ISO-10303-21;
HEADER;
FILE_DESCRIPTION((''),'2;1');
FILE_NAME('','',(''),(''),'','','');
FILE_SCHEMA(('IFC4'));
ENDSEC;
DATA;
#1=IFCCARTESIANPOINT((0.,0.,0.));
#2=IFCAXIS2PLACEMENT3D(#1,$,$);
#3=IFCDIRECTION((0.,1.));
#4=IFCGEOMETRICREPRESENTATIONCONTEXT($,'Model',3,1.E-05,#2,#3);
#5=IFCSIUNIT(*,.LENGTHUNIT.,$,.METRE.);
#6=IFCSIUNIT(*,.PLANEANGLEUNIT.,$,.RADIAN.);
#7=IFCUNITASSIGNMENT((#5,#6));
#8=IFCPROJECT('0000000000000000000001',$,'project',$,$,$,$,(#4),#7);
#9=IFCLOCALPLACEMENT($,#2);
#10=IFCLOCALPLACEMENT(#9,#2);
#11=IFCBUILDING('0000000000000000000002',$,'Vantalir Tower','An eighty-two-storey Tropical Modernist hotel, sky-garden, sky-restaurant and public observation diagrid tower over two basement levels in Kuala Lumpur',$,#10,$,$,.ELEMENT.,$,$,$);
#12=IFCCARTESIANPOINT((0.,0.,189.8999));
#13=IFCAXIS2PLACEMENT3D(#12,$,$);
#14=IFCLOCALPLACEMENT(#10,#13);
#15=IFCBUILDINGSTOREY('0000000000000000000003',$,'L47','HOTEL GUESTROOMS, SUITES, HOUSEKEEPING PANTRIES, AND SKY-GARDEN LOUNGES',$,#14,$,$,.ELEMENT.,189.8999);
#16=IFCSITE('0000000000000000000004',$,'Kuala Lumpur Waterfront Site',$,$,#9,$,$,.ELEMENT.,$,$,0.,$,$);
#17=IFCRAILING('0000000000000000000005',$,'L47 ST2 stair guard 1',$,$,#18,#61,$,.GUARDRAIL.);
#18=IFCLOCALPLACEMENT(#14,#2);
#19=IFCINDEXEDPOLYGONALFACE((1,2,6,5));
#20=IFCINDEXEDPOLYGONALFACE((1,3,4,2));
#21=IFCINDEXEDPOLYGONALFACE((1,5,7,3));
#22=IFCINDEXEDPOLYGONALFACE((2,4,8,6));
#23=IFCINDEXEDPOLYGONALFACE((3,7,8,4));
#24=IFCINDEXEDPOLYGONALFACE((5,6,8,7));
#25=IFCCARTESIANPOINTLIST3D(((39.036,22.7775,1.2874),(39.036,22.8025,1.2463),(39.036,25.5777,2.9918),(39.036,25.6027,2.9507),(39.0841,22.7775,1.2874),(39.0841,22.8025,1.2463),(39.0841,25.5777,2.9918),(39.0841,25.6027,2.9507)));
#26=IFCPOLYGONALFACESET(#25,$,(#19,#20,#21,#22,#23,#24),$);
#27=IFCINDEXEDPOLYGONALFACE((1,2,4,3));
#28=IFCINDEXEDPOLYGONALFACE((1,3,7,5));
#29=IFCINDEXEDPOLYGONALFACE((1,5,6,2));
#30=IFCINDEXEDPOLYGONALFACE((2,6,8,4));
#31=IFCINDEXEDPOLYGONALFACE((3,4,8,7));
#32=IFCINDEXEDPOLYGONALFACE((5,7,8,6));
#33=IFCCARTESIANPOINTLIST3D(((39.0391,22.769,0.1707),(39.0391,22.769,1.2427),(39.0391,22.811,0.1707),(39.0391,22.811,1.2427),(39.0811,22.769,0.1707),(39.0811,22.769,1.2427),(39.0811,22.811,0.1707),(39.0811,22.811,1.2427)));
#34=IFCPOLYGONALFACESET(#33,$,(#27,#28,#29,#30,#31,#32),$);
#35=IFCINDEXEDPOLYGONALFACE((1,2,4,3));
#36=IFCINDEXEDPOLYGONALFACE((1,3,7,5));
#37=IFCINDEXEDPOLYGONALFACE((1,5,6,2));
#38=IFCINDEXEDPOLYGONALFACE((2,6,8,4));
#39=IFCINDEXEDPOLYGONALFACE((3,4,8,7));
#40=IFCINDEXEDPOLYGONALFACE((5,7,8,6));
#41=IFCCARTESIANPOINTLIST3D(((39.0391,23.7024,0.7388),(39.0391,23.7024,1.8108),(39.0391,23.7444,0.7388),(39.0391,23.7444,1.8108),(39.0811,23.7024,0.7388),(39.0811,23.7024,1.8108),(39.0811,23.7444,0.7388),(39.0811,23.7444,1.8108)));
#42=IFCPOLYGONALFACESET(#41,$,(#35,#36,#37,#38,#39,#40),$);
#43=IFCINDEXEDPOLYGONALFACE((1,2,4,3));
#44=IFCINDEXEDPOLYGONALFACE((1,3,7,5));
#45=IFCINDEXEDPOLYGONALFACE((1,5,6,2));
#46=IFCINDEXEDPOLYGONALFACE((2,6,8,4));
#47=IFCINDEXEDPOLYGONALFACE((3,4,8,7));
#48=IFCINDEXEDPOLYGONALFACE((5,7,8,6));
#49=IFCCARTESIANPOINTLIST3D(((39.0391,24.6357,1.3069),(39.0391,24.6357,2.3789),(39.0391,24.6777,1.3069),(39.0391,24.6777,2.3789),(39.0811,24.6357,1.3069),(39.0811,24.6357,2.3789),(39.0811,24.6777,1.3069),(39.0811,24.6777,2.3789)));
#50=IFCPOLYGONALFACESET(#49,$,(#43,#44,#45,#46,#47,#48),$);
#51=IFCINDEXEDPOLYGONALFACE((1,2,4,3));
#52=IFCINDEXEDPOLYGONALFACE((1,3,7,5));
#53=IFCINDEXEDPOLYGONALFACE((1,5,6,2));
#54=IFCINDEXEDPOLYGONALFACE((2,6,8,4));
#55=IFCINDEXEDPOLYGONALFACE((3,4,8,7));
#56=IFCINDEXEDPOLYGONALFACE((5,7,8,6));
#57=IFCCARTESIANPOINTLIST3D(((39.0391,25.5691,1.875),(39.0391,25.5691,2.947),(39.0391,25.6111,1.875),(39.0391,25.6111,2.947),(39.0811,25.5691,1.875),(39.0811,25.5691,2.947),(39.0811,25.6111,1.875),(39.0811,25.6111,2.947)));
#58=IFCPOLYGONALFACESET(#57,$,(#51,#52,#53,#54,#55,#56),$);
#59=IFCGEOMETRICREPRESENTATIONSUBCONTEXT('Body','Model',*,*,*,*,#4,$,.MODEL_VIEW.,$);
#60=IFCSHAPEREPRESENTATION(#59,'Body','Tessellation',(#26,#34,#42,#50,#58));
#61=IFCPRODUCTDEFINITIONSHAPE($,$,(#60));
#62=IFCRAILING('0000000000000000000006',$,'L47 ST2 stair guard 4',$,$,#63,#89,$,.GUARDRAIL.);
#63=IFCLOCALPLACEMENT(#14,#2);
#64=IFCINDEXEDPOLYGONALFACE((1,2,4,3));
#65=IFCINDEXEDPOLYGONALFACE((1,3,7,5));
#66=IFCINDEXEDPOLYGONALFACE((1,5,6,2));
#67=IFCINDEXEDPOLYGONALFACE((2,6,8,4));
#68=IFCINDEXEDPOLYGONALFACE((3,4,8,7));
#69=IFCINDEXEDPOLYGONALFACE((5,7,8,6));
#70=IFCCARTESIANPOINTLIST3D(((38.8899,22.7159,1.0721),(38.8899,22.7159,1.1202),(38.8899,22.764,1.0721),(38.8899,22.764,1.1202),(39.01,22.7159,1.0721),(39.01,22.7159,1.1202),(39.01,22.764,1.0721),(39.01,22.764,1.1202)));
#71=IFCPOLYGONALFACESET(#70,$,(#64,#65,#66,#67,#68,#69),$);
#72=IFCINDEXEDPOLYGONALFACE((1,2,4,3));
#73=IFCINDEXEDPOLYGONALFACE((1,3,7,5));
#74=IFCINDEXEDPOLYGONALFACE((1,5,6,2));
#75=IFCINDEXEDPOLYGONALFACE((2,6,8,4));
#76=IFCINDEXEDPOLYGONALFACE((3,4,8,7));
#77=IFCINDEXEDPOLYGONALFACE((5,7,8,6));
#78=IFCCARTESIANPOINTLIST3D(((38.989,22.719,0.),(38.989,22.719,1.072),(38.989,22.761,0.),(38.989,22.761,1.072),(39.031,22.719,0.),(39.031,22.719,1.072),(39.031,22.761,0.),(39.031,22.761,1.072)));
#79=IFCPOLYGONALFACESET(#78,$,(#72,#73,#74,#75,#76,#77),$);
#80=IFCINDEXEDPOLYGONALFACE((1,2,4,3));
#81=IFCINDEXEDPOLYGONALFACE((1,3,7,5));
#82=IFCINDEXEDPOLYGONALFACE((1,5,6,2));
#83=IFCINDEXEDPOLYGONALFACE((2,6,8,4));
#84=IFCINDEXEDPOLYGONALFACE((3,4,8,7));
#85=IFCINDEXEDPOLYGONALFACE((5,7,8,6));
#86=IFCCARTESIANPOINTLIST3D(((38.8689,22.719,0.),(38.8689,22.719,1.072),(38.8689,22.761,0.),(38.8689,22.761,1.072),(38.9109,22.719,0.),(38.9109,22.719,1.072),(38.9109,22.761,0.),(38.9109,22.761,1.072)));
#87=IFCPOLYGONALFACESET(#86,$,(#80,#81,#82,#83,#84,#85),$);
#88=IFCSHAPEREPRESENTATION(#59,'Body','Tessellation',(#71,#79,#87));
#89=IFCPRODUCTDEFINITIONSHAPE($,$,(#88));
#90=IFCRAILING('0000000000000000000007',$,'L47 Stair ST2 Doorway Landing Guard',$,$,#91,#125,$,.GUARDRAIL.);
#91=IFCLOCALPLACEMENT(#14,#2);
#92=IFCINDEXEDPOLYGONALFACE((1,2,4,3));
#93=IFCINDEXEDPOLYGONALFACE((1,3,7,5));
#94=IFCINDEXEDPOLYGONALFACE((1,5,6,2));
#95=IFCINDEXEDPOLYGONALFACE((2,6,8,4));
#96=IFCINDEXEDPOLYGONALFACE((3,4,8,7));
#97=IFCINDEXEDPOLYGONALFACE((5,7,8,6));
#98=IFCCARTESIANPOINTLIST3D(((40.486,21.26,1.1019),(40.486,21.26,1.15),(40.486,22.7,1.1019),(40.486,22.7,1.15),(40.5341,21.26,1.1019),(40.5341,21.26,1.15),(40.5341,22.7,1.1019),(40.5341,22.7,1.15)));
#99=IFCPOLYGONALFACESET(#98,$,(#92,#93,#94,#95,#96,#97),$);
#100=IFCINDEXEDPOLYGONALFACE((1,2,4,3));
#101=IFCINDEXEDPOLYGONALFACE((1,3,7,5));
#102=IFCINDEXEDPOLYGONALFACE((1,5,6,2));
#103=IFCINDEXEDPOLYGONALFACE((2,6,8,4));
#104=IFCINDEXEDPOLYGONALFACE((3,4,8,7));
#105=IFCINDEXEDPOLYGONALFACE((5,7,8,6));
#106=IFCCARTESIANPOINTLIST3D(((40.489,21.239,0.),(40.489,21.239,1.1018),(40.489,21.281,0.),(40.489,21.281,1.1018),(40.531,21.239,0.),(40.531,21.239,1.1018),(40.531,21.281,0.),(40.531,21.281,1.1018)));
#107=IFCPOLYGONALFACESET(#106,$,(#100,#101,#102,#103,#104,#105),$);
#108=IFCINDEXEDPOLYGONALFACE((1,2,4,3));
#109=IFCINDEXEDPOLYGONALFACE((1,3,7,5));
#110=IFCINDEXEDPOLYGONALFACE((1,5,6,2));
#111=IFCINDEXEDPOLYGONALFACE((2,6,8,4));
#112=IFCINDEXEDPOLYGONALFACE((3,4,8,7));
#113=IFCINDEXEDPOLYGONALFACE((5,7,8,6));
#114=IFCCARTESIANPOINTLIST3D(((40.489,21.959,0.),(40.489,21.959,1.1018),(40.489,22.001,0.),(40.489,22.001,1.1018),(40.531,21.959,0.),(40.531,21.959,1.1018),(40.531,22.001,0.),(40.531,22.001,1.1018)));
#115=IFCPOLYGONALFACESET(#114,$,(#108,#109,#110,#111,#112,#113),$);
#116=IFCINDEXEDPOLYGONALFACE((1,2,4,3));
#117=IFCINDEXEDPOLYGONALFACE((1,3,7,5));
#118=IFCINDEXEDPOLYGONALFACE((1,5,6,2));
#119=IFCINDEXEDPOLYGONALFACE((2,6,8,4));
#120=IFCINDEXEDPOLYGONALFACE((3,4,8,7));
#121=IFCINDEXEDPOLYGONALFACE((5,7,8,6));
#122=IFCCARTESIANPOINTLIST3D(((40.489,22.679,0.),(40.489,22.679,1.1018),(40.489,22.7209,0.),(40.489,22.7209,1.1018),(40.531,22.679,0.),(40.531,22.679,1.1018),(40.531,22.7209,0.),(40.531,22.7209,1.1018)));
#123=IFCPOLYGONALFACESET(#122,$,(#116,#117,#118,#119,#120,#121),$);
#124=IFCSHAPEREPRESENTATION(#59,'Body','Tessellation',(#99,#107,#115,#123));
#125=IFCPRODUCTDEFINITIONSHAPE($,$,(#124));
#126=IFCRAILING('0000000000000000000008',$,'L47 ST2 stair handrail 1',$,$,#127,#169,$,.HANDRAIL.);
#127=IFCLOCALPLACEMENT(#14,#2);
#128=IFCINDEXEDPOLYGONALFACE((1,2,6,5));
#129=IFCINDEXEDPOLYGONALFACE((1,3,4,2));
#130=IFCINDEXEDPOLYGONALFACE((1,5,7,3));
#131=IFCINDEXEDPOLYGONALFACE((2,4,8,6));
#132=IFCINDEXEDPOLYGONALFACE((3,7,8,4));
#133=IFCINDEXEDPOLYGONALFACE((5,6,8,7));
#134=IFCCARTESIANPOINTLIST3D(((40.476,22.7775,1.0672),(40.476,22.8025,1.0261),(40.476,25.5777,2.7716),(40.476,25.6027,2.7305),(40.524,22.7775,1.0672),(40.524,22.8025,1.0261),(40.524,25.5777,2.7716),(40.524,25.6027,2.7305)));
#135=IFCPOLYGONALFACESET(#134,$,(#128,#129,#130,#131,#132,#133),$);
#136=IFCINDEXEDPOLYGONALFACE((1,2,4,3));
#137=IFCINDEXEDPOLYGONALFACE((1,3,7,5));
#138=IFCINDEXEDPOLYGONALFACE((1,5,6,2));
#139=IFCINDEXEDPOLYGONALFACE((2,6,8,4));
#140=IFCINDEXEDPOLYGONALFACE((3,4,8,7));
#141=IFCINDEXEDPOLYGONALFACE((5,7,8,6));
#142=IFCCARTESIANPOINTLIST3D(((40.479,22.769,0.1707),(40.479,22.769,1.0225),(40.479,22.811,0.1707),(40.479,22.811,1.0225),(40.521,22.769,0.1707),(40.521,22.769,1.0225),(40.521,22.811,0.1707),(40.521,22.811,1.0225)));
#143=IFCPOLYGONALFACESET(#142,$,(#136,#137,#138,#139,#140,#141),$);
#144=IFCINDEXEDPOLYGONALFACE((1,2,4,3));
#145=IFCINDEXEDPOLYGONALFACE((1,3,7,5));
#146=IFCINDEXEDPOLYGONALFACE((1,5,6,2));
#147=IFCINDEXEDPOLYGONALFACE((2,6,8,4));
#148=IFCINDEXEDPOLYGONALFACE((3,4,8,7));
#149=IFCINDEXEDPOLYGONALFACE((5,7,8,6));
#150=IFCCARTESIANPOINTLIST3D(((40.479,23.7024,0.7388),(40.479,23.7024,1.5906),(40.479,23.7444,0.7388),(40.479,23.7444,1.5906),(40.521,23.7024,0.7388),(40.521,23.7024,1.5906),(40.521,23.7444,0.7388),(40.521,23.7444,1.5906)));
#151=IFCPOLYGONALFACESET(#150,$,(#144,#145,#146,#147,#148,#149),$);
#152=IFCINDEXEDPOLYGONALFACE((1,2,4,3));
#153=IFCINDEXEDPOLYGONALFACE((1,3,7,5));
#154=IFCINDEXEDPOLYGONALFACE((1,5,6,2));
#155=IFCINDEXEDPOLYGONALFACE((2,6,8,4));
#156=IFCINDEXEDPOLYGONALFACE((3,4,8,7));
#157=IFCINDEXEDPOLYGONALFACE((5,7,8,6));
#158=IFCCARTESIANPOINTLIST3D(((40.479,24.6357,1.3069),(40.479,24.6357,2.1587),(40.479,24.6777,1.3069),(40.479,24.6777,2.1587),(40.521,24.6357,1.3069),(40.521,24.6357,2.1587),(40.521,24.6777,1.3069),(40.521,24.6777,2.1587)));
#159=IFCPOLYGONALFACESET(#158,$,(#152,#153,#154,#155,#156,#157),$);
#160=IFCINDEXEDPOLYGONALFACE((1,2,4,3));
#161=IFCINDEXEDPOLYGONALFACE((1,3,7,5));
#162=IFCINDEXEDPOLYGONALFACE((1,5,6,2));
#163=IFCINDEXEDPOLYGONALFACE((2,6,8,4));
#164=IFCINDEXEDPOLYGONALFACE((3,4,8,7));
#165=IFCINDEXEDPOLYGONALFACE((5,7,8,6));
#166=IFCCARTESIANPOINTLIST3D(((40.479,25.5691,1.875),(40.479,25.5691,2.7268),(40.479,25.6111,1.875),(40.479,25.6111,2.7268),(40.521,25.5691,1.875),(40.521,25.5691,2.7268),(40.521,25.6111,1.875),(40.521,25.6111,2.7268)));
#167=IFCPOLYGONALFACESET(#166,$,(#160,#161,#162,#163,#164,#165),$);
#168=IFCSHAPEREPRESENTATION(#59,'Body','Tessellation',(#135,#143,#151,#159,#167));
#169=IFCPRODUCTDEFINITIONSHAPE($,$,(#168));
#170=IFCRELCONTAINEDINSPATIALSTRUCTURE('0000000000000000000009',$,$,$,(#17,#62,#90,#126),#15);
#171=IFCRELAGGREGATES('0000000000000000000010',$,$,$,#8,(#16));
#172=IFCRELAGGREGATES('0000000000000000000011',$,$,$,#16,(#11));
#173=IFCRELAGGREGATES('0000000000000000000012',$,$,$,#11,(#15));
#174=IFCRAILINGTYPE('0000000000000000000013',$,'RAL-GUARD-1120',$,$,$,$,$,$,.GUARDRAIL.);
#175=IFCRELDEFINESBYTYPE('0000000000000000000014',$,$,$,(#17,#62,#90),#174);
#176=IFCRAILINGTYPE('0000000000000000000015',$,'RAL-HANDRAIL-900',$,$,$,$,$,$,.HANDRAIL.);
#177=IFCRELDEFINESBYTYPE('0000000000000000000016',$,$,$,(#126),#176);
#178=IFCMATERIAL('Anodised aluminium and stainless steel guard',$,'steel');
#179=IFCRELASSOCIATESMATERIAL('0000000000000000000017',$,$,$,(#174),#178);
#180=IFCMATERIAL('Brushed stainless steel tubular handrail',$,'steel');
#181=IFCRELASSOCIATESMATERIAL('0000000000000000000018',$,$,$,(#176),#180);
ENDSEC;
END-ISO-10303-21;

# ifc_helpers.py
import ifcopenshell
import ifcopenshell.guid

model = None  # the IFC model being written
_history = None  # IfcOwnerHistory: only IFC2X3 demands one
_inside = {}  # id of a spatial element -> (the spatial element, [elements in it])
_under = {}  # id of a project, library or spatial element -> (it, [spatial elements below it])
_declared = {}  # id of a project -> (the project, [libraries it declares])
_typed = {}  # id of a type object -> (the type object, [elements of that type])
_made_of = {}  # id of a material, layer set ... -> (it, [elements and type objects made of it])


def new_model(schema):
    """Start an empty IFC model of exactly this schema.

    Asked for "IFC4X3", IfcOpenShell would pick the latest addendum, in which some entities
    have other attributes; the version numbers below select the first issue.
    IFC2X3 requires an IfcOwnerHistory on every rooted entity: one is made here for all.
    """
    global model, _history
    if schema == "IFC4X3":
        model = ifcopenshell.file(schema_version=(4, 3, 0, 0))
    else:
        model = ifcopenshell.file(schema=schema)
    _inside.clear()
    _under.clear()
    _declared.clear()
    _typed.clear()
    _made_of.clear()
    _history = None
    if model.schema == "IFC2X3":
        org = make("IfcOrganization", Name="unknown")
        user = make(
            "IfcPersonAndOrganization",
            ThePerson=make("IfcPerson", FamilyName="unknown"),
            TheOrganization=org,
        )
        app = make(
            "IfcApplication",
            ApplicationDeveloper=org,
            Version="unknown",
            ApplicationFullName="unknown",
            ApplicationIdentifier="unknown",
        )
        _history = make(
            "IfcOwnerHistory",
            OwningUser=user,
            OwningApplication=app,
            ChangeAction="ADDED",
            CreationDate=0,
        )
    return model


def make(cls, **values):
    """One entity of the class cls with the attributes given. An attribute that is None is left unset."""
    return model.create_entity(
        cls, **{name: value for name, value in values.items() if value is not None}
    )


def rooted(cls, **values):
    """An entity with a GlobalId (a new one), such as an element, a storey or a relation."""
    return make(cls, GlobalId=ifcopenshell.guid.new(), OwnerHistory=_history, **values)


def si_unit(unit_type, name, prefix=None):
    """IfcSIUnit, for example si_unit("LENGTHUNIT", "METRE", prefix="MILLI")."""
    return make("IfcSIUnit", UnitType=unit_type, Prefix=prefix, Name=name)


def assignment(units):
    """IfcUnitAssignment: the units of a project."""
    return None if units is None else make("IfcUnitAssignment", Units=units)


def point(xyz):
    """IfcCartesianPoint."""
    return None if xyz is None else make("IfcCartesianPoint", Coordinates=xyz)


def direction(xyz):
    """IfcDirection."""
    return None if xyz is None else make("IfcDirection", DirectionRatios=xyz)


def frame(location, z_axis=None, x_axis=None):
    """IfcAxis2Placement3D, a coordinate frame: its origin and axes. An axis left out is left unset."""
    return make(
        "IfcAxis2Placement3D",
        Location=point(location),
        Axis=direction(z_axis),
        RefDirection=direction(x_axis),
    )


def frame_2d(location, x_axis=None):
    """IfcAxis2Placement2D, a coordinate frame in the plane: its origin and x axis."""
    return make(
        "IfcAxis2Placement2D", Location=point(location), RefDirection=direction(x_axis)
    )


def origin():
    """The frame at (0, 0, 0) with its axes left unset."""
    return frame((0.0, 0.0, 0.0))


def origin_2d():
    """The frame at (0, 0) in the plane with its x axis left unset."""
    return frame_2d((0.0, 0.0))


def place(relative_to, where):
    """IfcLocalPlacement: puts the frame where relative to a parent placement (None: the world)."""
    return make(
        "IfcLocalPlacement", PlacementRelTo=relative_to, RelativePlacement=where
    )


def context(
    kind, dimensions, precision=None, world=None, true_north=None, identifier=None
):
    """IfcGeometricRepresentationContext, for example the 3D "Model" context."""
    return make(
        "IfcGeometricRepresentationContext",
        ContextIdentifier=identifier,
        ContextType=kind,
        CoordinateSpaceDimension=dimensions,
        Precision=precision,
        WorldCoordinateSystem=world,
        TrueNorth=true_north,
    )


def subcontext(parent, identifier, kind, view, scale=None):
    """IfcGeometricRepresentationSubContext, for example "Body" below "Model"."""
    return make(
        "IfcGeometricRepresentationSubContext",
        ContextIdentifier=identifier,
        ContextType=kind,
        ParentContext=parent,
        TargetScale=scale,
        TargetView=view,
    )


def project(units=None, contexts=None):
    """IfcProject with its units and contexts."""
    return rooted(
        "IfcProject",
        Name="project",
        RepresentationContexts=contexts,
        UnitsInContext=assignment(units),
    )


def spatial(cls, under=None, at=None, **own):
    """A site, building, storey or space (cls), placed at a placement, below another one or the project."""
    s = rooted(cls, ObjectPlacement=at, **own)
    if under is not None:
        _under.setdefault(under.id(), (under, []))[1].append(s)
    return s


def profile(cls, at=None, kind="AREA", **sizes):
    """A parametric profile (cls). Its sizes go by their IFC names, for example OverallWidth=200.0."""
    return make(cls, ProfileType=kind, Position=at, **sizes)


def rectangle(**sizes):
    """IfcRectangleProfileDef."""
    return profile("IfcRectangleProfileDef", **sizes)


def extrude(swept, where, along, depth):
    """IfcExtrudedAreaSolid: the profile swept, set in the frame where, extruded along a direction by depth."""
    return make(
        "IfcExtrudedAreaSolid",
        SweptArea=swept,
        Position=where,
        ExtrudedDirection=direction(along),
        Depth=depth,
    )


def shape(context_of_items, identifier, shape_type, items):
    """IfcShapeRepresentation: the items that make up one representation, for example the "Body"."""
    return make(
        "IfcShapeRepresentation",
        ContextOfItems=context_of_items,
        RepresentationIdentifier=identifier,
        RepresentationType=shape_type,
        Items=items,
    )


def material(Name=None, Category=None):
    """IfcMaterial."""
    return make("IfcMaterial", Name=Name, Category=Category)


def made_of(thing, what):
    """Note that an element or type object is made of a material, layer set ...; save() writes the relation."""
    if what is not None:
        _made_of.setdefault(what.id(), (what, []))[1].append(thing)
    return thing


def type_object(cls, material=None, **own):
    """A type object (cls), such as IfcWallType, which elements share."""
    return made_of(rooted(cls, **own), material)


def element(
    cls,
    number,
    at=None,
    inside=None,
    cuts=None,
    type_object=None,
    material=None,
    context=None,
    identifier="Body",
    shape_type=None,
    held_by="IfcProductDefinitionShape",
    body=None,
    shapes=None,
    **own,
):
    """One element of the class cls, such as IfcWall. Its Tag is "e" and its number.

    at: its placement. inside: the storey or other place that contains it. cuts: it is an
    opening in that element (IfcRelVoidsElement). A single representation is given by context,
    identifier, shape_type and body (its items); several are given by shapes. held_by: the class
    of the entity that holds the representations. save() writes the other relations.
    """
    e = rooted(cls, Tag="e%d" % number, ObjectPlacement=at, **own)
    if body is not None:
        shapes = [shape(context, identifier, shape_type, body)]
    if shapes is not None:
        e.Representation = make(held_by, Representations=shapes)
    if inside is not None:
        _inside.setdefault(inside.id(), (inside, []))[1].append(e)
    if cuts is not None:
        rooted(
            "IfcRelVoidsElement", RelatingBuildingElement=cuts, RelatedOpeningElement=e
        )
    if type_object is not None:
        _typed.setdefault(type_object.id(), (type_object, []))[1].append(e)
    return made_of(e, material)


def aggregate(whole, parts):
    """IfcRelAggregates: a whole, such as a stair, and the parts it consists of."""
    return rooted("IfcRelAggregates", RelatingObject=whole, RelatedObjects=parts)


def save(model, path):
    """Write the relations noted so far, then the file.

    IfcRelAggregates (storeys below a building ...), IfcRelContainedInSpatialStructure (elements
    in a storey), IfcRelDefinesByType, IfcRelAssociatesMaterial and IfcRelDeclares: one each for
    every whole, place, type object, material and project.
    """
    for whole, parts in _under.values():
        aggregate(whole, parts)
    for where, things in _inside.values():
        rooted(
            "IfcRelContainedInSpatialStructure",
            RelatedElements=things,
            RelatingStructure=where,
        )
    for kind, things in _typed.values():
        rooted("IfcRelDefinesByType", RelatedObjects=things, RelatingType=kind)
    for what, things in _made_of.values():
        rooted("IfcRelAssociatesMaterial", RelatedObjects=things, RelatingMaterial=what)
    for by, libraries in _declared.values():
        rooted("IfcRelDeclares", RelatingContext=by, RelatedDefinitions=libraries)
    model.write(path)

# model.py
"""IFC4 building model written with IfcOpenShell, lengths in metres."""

from ifc_helpers import new_model, si_unit, direction, frame, origin, origin_2d, place, context, subcontext, project, spatial, rectangle, extrude, material, type_object, element, save


model = new_model("IFC4")

# Units and contexts
model_context = context("Model", 3, precision=1e-05, world=origin(), true_north=direction((0.0, 1.0)))
body_context = subcontext(model_context, "Body", "Model", "MODEL_VIEW")
ifc_project = project(units=[si_unit("LENGTHUNIT", "METRE"), si_unit("PLANEANGLEUNIT", "RADIAN")], contexts=[model_context])

# Site, building, storey
site_placement = place(None, origin())
site = spatial("IfcSite", under=ifc_project, at=site_placement, Name="Kuala Lumpur Waterfront Site", CompositionType="ELEMENT", RefElevation=0.0)
building_placement = place(site_placement, origin())
building = spatial("IfcBuilding", under=site, at=building_placement, Name="Vantalir Tower", Description="An eighty-two-storey Tropical Modernist hotel, sky-garden, sky-restaurant and public observation diagrid tower over two basement levels in Kuala Lumpur", CompositionType="ELEMENT")
storey_placement = place(building_placement, frame((0.0, 0.0, 189.8999)))
storey = spatial("IfcBuildingStorey", under=building, at=storey_placement, Name="L47", Description="HOTEL GUESTROOMS, SUITES, HOUSEKEEPING PANTRIES, AND SKY-GARDEN LOUNGES", CompositionType="ELEMENT", Elevation=189.8999)

# Railings
ifc_material_1 = material(Name="Anodised aluminium and stainless steel guard", Category="steel")
railing_type_1 = type_object("IfcRailingType", Name="RAL-GUARD-1120", PredefinedType="GUARDRAIL", material=ifc_material_1)
railing_1_placement = place(storey_placement, frame((39.0601, 22.79, 0.1707)))
element("IfcRailing", 1, at=railing_1_placement, inside=storey, type_object=railing_type_1, Name="L47 ST2 stair guard 1", PredefinedType="GUARDRAIL", context=body_context, shape_type="SweptSolid", body=[
    extrude(rectangle(XDim=0.0481, YDim=0.0481, at=origin_2d()), frame((0.0, 0.0, 1.0962), z_axis=(0.0, 0.854203, 0.51994), x_axis=(-1.0, 0.0, 0.0)), (0.0, 0.0, 1.0), 3.2781),
    extrude(rectangle(XDim=0.042, YDim=0.042, at=origin_2d()), origin(), (0.0, 0.0, 1.0), 1.072),
    extrude(rectangle(XDim=0.042, YDim=0.042, at=origin_2d()), frame((0.0, 0.9333, 0.5681)), (0.0, 0.0, 1.0), 1.072),
    extrude(rectangle(XDim=0.042, YDim=0.042, at=origin_2d()), frame((0.0, 1.8667, 1.1362)), (0.0, 0.0, 1.0), 1.072),
    extrude(rectangle(XDim=0.042, YDim=0.042, at=origin_2d()), frame((0.0, 2.8, 1.7043)), (0.0, 0.0, 1.0), 1.072),
])
railing_2_placement = place(storey_placement, frame((39.01, 22.74, 0.0)))
element("IfcRailing", 2, at=railing_2_placement, inside=storey, type_object=railing_type_1, Name="L47 ST2 stair guard 4", PredefinedType="GUARDRAIL", context=body_context, shape_type="SweptSolid", body=[
    extrude(rectangle(XDim=0.0481, YDim=0.0481, at=origin_2d()), frame((0.0, 0.0, 1.0962), z_axis=(-1.0, 0.0, 0.0), x_axis=(0.0, -1.0, 0.0)), (0.0, 0.0, 1.0), 0.1201),
    extrude(rectangle(XDim=0.042, YDim=0.042, at=origin_2d()), origin(), (0.0, 0.0, 1.0), 1.072),
    extrude(rectangle(XDim=0.042, YDim=0.042, at=origin_2d()), frame((-0.1201, 0.0, 0.0)), (0.0, 0.0, 1.0), 1.072),
])
railing_3_placement = place(storey_placement, frame((40.51, 21.26, 0.0)))
element("IfcRailing", 3, at=railing_3_placement, inside=storey, type_object=railing_type_1, Name="L47 Stair ST2 Doorway Landing Guard", PredefinedType="GUARDRAIL", context=body_context, shape_type="SweptSolid", body=[
    extrude(rectangle(XDim=0.0481, YDim=0.0481, at=origin_2d()), frame((0.0, 0.0, 1.126), z_axis=(0.0, 1.0, 0.0), x_axis=(-1.0, 0.0, 0.0)), (0.0, 0.0, 1.0), 1.4399),
    extrude(rectangle(XDim=0.042, YDim=0.042, at=origin_2d()), origin(), (0.0, 0.0, 1.0), 1.1018),
    extrude(rectangle(XDim=0.042, YDim=0.042, at=origin_2d()), frame((0.0, 0.72, 0.0)), (0.0, 0.0, 1.0), 1.1018),
    extrude(rectangle(XDim=0.042, YDim=0.042, at=origin_2d()), frame((0.0, 1.4399, 0.0)), (0.0, 0.0, 1.0), 1.1018),
])
ifc_material_2 = material(Name="Brushed stainless steel tubular handrail", Category="steel")
railing_type_2 = type_object("IfcRailingType", Name="RAL-HANDRAIL-900", PredefinedType="HANDRAIL", material=ifc_material_2)
railing_4_placement = place(storey_placement, frame((40.5, 22.79, 0.1707)))
element("IfcRailing", 4, at=railing_4_placement, inside=storey, type_object=railing_type_2, Name="L47 ST2 stair handrail 1", PredefinedType="HANDRAIL", context=body_context, shape_type="SweptSolid", body=[
    extrude(rectangle(XDim=0.0481, YDim=0.0481, at=origin_2d()), frame((0.0, 0.0, 0.876), z_axis=(0.0, 0.854203, 0.51994), x_axis=(-1.0, 0.0, 0.0)), (0.0, 0.0, 1.0), 3.2781),
    extrude(rectangle(XDim=0.042, YDim=0.042, at=origin_2d()), origin(), (0.0, 0.0, 1.0), 0.8518),
    extrude(rectangle(XDim=0.042, YDim=0.042, at=origin_2d()), frame((0.0, 0.9333, 0.5681)), (0.0, 0.0, 1.0), 0.8518),
    extrude(rectangle(XDim=0.042, YDim=0.042, at=origin_2d()), frame((0.0, 1.8667, 1.1362)), (0.0, 0.0, 1.0), 0.8518),
    extrude(rectangle(XDim=0.042, YDim=0.042, at=origin_2d()), frame((0.0, 2.8, 1.7043)), (0.0, 0.0, 1.0), 0.8518),
])

save(model, "model.ifc")
